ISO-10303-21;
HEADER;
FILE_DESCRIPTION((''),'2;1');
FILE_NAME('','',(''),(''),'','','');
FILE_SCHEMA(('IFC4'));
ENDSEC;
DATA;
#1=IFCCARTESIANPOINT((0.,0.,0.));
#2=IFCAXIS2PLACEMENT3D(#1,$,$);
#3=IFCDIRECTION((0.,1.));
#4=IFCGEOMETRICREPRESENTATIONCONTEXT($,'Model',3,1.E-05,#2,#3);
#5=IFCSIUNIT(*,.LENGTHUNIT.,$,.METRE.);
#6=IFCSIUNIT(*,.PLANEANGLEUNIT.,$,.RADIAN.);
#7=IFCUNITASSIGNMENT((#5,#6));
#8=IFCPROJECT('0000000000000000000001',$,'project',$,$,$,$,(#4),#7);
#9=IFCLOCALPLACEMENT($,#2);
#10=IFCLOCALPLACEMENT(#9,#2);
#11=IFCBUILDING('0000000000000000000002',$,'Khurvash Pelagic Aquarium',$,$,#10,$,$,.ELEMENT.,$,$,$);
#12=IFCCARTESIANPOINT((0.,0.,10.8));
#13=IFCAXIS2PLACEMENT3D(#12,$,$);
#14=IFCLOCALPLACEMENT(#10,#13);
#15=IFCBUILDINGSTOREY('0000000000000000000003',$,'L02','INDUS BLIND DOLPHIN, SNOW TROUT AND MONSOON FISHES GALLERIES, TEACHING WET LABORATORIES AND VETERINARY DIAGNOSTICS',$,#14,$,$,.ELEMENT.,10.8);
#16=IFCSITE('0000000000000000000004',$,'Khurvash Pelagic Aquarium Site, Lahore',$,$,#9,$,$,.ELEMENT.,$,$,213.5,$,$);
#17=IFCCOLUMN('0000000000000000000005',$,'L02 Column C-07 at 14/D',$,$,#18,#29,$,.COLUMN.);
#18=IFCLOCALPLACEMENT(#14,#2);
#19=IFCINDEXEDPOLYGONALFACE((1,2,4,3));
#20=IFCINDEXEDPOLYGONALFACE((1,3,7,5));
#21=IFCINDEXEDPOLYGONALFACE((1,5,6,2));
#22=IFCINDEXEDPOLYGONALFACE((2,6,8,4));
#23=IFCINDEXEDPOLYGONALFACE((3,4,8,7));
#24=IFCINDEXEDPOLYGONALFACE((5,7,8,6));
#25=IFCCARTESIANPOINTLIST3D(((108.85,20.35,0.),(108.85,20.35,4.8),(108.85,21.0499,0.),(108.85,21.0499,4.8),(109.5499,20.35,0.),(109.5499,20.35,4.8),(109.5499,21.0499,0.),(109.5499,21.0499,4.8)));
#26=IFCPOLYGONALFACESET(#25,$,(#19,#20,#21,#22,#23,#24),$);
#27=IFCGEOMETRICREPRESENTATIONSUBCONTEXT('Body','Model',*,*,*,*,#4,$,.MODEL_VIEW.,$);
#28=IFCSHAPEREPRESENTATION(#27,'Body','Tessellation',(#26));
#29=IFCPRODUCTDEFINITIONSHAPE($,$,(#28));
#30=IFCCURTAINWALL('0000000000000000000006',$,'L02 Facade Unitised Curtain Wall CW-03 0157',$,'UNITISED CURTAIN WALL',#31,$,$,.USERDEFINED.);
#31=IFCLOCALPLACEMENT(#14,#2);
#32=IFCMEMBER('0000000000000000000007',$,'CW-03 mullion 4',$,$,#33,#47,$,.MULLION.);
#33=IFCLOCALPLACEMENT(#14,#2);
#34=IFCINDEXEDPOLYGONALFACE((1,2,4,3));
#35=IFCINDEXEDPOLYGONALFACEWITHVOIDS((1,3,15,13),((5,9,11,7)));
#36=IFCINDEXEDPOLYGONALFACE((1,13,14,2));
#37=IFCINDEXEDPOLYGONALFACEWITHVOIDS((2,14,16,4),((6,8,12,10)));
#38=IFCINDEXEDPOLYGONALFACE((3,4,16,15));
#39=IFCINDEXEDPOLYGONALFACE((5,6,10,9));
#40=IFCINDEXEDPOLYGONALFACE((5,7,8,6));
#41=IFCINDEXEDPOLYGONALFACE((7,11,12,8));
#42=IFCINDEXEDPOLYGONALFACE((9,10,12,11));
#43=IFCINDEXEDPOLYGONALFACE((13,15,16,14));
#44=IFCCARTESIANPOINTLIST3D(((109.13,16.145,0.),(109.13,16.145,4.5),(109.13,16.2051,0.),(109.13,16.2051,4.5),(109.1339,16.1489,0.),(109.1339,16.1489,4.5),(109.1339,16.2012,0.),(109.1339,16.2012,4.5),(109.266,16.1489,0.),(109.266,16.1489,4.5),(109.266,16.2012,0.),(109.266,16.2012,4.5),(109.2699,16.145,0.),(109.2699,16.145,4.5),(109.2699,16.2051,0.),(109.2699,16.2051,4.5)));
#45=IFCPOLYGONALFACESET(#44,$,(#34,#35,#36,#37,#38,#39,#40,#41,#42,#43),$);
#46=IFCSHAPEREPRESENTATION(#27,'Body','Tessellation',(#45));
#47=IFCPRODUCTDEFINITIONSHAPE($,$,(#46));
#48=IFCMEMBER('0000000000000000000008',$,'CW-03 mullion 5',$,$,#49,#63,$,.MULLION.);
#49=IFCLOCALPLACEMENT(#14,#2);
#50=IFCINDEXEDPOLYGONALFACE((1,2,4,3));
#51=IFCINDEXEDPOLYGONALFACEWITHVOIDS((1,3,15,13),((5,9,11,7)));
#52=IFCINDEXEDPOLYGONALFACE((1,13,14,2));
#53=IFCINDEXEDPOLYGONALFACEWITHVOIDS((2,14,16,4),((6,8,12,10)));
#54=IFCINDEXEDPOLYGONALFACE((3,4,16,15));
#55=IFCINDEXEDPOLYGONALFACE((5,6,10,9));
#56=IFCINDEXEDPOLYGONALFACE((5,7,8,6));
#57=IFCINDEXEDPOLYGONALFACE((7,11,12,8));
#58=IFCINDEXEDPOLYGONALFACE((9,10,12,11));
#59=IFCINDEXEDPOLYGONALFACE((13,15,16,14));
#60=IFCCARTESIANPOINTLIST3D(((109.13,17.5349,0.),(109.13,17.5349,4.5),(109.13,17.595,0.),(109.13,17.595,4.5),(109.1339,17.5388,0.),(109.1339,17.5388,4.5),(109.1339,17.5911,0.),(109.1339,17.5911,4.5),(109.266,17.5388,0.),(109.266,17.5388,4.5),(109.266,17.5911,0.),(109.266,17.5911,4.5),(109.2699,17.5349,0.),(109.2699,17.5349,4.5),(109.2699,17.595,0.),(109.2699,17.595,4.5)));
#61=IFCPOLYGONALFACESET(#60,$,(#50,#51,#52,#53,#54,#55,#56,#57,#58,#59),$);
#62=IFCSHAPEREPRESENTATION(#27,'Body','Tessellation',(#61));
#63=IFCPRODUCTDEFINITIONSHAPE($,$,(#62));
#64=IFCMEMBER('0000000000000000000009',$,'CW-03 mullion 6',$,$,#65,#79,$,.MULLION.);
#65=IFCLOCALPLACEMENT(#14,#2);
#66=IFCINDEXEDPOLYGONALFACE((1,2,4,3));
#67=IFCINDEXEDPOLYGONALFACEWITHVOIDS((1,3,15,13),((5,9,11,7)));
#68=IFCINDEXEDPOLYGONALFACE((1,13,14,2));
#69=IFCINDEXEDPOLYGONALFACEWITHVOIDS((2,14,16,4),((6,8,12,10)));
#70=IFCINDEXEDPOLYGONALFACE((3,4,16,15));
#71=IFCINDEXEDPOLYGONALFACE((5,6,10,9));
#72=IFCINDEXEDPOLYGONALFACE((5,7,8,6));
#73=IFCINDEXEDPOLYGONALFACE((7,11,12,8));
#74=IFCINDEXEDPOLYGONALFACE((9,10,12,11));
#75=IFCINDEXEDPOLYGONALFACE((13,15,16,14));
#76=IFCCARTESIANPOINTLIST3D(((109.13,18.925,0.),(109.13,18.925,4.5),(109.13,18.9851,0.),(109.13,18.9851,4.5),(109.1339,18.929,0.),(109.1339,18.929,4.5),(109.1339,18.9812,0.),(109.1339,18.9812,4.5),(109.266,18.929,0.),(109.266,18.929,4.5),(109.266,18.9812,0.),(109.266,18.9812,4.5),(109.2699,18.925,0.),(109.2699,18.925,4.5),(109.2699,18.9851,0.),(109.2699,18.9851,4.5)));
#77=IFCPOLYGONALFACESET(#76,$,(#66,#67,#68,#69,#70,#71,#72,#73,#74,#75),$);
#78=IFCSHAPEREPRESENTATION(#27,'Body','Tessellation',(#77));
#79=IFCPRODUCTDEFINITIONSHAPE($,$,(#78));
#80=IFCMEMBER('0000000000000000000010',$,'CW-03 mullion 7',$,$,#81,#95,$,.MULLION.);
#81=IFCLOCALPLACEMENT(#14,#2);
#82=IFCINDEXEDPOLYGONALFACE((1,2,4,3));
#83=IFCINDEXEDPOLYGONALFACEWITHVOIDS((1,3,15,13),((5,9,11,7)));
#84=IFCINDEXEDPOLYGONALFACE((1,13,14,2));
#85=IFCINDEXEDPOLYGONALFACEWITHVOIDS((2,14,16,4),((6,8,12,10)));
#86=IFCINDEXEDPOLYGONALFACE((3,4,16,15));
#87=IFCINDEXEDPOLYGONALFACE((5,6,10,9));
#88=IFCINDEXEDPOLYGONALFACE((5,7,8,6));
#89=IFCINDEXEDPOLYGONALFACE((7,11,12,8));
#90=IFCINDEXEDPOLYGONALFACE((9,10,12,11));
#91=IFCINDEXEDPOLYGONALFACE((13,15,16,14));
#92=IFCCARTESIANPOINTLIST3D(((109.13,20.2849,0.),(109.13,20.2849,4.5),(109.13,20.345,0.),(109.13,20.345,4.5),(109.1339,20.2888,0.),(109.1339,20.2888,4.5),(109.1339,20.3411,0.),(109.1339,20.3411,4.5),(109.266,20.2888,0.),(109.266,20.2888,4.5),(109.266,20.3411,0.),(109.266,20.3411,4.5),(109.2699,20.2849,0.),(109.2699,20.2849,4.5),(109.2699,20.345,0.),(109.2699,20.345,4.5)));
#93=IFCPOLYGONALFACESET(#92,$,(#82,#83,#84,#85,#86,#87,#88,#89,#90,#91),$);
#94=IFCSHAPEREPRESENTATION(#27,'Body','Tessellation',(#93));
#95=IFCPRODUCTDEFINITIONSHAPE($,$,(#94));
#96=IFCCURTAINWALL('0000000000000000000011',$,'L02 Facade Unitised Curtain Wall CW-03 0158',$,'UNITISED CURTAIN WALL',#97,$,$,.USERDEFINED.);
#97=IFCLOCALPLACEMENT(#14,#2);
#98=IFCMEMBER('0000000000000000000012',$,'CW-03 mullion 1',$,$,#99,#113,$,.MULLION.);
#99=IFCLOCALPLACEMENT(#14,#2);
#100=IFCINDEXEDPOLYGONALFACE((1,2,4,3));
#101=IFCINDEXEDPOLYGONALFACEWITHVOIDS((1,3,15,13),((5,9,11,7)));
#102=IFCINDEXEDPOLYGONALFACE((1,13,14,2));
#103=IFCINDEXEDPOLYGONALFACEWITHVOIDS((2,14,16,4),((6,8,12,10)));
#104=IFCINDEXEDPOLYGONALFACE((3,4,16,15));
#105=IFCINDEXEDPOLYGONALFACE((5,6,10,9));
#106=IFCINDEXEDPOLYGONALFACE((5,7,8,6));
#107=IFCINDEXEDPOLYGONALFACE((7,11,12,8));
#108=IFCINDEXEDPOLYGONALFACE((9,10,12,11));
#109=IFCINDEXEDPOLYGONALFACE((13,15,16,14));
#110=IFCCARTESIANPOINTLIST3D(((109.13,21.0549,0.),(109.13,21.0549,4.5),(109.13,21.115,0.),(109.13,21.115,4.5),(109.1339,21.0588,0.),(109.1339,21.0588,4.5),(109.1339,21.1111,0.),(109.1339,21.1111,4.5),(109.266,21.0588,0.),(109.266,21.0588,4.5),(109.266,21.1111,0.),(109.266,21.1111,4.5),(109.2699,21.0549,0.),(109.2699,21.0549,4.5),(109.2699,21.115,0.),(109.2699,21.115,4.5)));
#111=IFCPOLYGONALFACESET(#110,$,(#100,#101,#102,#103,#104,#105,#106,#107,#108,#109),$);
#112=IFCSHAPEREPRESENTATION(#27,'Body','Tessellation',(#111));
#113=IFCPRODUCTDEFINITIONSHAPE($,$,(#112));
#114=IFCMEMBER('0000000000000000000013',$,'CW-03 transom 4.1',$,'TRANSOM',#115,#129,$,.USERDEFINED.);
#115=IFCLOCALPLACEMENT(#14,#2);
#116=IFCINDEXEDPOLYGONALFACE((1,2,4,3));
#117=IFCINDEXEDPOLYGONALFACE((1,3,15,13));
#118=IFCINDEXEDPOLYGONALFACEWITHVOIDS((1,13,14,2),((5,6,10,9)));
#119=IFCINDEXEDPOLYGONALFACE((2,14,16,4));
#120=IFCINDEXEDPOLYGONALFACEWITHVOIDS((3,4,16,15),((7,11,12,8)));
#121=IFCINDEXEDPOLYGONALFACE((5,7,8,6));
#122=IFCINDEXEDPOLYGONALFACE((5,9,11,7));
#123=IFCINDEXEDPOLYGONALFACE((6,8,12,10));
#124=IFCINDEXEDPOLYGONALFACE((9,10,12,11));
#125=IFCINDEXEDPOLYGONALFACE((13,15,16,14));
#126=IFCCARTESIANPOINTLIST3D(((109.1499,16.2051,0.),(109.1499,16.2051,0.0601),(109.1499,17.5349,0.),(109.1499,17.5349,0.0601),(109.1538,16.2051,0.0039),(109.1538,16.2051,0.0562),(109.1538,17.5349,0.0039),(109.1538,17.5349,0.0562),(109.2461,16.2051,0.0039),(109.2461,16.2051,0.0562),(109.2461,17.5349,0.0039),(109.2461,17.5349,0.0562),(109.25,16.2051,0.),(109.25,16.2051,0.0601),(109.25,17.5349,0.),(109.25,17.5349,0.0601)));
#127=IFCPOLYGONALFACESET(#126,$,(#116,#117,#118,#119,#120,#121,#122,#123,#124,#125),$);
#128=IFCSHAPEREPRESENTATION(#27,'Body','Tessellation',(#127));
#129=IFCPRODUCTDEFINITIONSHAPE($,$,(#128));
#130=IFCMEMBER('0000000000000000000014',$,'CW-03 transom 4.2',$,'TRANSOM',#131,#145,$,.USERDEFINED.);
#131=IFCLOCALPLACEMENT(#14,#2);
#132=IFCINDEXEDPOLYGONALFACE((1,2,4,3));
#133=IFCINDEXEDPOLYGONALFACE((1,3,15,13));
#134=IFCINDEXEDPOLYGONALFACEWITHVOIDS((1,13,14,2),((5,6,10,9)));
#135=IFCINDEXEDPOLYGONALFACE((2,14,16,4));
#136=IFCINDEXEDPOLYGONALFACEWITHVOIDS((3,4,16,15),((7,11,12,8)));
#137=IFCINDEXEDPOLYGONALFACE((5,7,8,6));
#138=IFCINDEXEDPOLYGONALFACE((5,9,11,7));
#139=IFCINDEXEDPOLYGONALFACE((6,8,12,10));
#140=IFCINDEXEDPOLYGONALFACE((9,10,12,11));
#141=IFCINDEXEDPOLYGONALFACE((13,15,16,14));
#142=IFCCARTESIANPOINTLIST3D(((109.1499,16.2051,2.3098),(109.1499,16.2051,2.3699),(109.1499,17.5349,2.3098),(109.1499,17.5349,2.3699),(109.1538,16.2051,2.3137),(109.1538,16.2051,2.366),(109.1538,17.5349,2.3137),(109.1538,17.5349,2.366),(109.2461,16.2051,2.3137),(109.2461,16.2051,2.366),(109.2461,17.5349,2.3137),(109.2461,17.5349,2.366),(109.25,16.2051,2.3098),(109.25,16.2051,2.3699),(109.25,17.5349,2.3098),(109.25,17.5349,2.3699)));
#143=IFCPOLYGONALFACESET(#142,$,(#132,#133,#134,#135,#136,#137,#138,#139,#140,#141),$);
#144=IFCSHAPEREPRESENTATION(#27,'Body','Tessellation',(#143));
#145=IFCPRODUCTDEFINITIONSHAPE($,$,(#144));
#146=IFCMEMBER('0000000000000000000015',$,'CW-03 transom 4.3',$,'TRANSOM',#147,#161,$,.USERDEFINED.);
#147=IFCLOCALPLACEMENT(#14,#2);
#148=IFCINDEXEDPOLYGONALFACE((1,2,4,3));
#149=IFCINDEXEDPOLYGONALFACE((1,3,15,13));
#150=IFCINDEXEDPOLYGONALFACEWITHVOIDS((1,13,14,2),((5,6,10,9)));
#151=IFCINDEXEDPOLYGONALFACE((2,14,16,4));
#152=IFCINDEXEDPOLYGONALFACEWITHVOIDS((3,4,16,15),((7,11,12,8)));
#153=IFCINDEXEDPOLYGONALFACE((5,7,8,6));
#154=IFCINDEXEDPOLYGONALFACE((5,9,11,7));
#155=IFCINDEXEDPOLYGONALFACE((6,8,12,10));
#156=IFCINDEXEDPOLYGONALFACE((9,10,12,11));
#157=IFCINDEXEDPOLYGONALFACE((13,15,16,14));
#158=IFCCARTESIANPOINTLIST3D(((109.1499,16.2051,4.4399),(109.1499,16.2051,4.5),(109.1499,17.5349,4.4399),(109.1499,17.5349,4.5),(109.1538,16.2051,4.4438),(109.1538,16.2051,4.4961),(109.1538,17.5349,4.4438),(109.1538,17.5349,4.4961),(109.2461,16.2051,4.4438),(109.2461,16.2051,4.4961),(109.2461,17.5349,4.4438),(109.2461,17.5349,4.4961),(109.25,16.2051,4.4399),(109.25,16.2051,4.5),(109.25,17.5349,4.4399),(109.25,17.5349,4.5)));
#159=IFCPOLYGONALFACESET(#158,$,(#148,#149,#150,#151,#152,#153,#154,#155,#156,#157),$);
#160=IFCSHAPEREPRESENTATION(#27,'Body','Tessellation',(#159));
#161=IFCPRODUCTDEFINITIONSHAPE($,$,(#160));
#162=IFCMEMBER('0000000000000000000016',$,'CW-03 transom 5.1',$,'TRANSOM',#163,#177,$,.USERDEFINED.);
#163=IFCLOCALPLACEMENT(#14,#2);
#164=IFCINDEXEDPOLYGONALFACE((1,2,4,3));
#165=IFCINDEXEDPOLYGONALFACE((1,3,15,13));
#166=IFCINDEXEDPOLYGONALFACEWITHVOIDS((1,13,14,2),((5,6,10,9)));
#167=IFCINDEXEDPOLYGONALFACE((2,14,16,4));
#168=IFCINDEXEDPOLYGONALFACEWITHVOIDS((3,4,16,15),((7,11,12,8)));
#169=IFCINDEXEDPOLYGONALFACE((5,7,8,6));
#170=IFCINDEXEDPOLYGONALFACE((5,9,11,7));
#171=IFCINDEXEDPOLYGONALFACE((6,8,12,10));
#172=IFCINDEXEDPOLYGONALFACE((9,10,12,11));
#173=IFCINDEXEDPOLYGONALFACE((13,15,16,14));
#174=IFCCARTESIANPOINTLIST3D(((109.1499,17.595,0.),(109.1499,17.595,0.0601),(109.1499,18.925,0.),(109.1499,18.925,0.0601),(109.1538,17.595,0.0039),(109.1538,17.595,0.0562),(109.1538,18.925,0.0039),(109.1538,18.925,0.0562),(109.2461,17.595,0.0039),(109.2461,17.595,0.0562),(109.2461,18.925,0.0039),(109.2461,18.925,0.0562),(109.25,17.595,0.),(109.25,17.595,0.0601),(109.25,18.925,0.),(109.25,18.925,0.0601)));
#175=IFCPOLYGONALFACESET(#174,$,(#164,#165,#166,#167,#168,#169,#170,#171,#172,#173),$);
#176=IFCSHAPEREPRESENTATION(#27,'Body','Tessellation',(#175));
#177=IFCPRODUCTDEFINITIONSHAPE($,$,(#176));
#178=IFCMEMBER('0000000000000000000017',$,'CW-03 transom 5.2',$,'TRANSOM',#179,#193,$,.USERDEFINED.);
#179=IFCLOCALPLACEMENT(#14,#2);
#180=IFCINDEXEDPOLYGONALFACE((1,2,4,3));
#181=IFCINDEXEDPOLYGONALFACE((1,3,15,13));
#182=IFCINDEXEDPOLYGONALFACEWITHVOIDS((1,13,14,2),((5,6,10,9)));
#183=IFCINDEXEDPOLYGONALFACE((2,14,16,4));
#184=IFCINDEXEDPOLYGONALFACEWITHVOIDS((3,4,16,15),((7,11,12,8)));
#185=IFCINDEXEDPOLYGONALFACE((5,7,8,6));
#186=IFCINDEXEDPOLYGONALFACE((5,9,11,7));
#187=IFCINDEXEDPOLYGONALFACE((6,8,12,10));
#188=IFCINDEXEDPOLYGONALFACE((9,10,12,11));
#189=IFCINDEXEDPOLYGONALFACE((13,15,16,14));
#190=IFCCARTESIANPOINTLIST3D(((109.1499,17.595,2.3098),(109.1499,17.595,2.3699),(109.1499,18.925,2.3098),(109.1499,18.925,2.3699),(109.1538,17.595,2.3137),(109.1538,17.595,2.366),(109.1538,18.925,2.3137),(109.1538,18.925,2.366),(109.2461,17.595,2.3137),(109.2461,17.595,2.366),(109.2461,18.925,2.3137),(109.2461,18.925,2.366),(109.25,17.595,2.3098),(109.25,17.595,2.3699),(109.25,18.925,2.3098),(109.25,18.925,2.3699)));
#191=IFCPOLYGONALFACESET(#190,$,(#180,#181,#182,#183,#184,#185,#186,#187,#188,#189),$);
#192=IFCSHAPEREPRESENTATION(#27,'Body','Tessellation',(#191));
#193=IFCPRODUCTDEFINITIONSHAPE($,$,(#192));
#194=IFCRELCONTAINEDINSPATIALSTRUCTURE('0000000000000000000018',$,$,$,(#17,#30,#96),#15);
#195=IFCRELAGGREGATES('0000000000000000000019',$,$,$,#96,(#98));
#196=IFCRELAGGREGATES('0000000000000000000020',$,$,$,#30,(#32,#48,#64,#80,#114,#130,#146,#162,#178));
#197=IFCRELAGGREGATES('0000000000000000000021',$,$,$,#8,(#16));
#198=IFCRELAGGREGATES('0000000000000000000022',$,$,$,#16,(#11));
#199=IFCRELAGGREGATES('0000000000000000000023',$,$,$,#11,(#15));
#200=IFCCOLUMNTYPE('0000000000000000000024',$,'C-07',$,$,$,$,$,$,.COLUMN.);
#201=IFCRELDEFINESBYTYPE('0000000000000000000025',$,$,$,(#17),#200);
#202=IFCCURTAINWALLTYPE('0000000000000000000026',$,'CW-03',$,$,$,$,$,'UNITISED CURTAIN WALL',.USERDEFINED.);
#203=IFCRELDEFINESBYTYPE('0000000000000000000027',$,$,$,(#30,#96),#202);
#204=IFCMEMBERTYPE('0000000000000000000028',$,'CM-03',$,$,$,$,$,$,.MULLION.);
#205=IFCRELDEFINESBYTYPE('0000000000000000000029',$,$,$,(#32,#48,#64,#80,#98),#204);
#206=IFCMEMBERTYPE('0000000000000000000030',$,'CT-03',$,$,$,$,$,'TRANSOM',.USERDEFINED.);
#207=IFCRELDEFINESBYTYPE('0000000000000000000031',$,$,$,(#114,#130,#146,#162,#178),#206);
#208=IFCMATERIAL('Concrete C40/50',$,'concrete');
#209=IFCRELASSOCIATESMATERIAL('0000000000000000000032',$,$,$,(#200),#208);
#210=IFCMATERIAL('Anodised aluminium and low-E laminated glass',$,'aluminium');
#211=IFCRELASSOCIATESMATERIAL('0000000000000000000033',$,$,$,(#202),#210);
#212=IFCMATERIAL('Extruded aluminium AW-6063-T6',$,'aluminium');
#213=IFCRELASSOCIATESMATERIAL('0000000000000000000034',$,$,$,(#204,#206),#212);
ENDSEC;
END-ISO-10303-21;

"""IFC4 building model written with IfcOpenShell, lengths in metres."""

from ifc_helpers import new_model, si_unit, direction, frame, origin, origin_2d, place, context, subcontext, project, spatial, rectangle, hollow_rectangle, extrude, material, material_profile, profile_set, type_object, element, aggregate, save


model = new_model("IFC4")

# Units and contexts
model_context = context("Model", 3, precision=1e-05, world=origin(), true_north=direction((0.0, 1.0)))
body_context = subcontext(model_context, "Body", "Model", "MODEL_VIEW")
ifc_project = project(units=[si_unit("LENGTHUNIT", "METRE"), si_unit("PLANEANGLEUNIT", "RADIAN")], contexts=[model_context])

# Site, building, storey
site_placement = place(None, origin())
site = spatial("IfcSite", under=ifc_project, at=site_placement, Name="Khurvash Pelagic Aquarium Site, Lahore", CompositionType="ELEMENT", RefElevation=213.5)
building_placement = place(site_placement, origin())
building = spatial("IfcBuilding", under=site, at=building_placement, Name="Khurvash Pelagic Aquarium", CompositionType="ELEMENT")
storey_placement = place(building_placement, frame((0.0, 0.0, 10.8)))
storey = spatial("IfcBuildingStorey", under=building, at=storey_placement, Name="L02", Description="INDUS BLIND DOLPHIN, SNOW TROUT AND MONSOON FISHES GALLERIES, TEACHING WET LABORATORIES AND VETERINARY DIAGNOSTICS", CompositionType="ELEMENT", Elevation=10.8)

# Column
ifc_material_1 = material(Name="Concrete C40/50", Category="concrete")
ifc_material_profile_1 = material_profile(ifc_material_1, rectangle(XDim=0.7, YDim=0.7, at=origin_2d()), Name="RC700X700")
ifc_profile_set_1 = profile_set([ifc_material_profile_1], Name="Concrete C40/50")
column_type = type_object("IfcColumnType", Name="C-07", PredefinedType="COLUMN", material=ifc_profile_set_1)
column_placement = place(storey_placement, frame((109.2, 20.7, 0.0), z_axis=(0.0, 0.0, 1.0), x_axis=(1.0, 0.0, 0.0)))
element("IfcColumn", 1, at=column_placement, inside=storey, type_object=column_type, Name="L02 Column C-07 at 14/D", PredefinedType="COLUMN", context=body_context, shape_type="SweptSolid", body=[
    extrude(rectangle(XDim=0.7, YDim=0.7, at=origin_2d()), origin(), (0.0, 0.0, 1.0), 4.8),
])

# Curtain wall, members
ifc_material_2 = material(Name="Anodised aluminium and low-E laminated glass", Category="aluminium")
curtain_wall_type = type_object("IfcCurtainWallType", Name="CW-03", ElementType="UNITISED CURTAIN WALL", PredefinedType="USERDEFINED", material=ifc_material_2)
curtain_wall_1_placement = place(storey_placement, origin())
curtain_wall_1 = element("IfcCurtainWall", 2, at=curtain_wall_1_placement, inside=storey, type_object=curtain_wall_type, Name="L02 Facade Unitised Curtain Wall CW-03 0157", ObjectType="UNITISED CURTAIN WALL", PredefinedType="USERDEFINED")
ifc_material_3 = material(Name="Extruded aluminium AW-6063-T6", Category="aluminium")
ifc_material_profile_2 = material_profile(ifc_material_3, hollow_rectangle(XDim=0.0601, YDim=0.1399, WallThickness=0.0039, at=origin_2d()), Name="CWM60X140X4")
ifc_profile_set_2 = profile_set([ifc_material_profile_2], Name="Extruded aluminium AW-6063-T6")
member_type_1 = type_object("IfcMemberType", Name="CM-03", PredefinedType="MULLION", material=ifc_profile_set_2)
member_1_placement = place(storey_placement, frame((109.2, 16.175, 0.0), z_axis=(0.0, 0.0, 1.0), x_axis=(0.0, 1.0, 0.0)))
member_1 = element("IfcMember", 3, at=member_1_placement, type_object=member_type_1, Name="CW-03 mullion 4", PredefinedType="MULLION", context=body_context, shape_type="SweptSolid", body=[
    extrude(hollow_rectangle(XDim=0.0601, YDim=0.1399, WallThickness=0.0039, at=origin_2d()), origin(), (0.0, 0.0, 1.0), 4.5),
])
member_2_placement = place(storey_placement, frame((109.2, 17.5649, 0.0), z_axis=(0.0, 0.0, 1.0), x_axis=(0.0, 1.0, 0.0)))
member_2 = element("IfcMember", 4, at=member_2_placement, type_object=member_type_1, Name="CW-03 mullion 5", PredefinedType="MULLION", context=body_context, shape_type="SweptSolid", body=[
    extrude(hollow_rectangle(XDim=0.0601, YDim=0.1399, WallThickness=0.0039, at=origin_2d()), origin(), (0.0, 0.0, 1.0), 4.5),
])
member_3_placement = place(storey_placement, frame((109.2, 18.9551, 0.0), z_axis=(0.0, 0.0, 1.0), x_axis=(0.0, 1.0, 0.0)))
member_3 = element("IfcMember", 5, at=member_3_placement, type_object=member_type_1, Name="CW-03 mullion 6", PredefinedType="MULLION", context=body_context, shape_type="SweptSolid", body=[
    extrude(hollow_rectangle(XDim=0.0601, YDim=0.1399, WallThickness=0.0039, at=origin_2d()), origin(), (0.0, 0.0, 1.0), 4.5),
])
member_4_placement = place(storey_placement, frame((109.2, 20.3149, 0.0), z_axis=(0.0, 0.0, 1.0), x_axis=(0.0, 1.0, 0.0)))
member_4 = element("IfcMember", 6, at=member_4_placement, type_object=member_type_1, Name="CW-03 mullion 7", PredefinedType="MULLION", context=body_context, shape_type="SweptSolid", body=[
    extrude(hollow_rectangle(XDim=0.0601, YDim=0.1399, WallThickness=0.0039, at=origin_2d()), origin(), (0.0, 0.0, 1.0), 4.5),
])

# Curtain wall, member
curtain_wall_2_placement = place(storey_placement, origin())
curtain_wall_2 = element("IfcCurtainWall", 7, at=curtain_wall_2_placement, inside=storey, type_object=curtain_wall_type, Name="L02 Facade Unitised Curtain Wall CW-03 0158", ObjectType="UNITISED CURTAIN WALL", PredefinedType="USERDEFINED")
member_5_placement = place(storey_placement, frame((109.2, 21.085, 0.0), z_axis=(0.0, 0.0, 1.0), x_axis=(0.0, 1.0, 0.0)))
member_5 = element("IfcMember", 8, at=member_5_placement, type_object=member_type_1, Name="CW-03 mullion 1", PredefinedType="MULLION", context=body_context, shape_type="SweptSolid", body=[
    extrude(hollow_rectangle(XDim=0.0601, YDim=0.1399, WallThickness=0.0039, at=origin_2d()), origin(), (0.0, 0.0, 1.0), 4.5),
])

# Members
ifc_material_profile_3 = material_profile(ifc_material_3, hollow_rectangle(XDim=0.1001, YDim=0.0601, WallThickness=0.0039, at=origin_2d()), Name="CWT100X60X4")
ifc_profile_set_3 = profile_set([ifc_material_profile_3], Name="Extruded aluminium AW-6063-T6")
member_type_2 = type_object("IfcMemberType", Name="CT-03", ElementType="TRANSOM", PredefinedType="USERDEFINED", material=ifc_profile_set_3)
member_6_placement = place(storey_placement, frame((109.2, 16.2051, 0.03), z_axis=(0.0, 1.0, 0.0), x_axis=(-1.0, 0.0, 0.0)))
member_6 = element("IfcMember", 9, at=member_6_placement, type_object=member_type_2, Name="CW-03 transom 4.1", ObjectType="TRANSOM", PredefinedType="USERDEFINED", context=body_context, shape_type="SweptSolid", body=[
    extrude(hollow_rectangle(XDim=0.1001, YDim=0.0601, WallThickness=0.0039, at=origin_2d()), origin(), (0.0, 0.0, 1.0), 1.3298),
])
member_7_placement = place(storey_placement, frame((109.2, 16.2051, 2.3398), z_axis=(0.0, 1.0, 0.0), x_axis=(-1.0, 0.0, 0.0)))
member_7 = element("IfcMember", 10, at=member_7_placement, type_object=member_type_2, Name="CW-03 transom 4.2", ObjectType="TRANSOM", PredefinedType="USERDEFINED", context=body_context, shape_type="SweptSolid", body=[
    extrude(hollow_rectangle(XDim=0.1001, YDim=0.0601, WallThickness=0.0039, at=origin_2d()), origin(), (0.0, 0.0, 1.0), 1.3298),
])
member_8_placement = place(storey_placement, frame((109.2, 16.2051, 4.47), z_axis=(0.0, 1.0, 0.0), x_axis=(-1.0, 0.0, 0.0)))
member_8 = element("IfcMember", 11, at=member_8_placement, type_object=member_type_2, Name="CW-03 transom 4.3", ObjectType="TRANSOM", PredefinedType="USERDEFINED", context=body_context, shape_type="SweptSolid", body=[
    extrude(hollow_rectangle(XDim=0.1001, YDim=0.0601, WallThickness=0.0039, at=origin_2d()), origin(), (0.0, 0.0, 1.0), 1.3298),
])
member_9_placement = place(storey_placement, frame((109.2, 17.595, 0.03), z_axis=(0.0, 1.0, 0.0), x_axis=(-1.0, 0.0, 0.0)))
member_9 = element("IfcMember", 12, at=member_9_placement, type_object=member_type_2, Name="CW-03 transom 5.1", ObjectType="TRANSOM", PredefinedType="USERDEFINED", context=body_context, shape_type="SweptSolid", body=[
    extrude(hollow_rectangle(XDim=0.1001, YDim=0.0601, WallThickness=0.0039, at=origin_2d()), origin(), (0.0, 0.0, 1.0), 1.3301),
])
member_10_placement = place(storey_placement, frame((109.2, 17.595, 2.3398), z_axis=(0.0, 1.0, 0.0), x_axis=(-1.0, 0.0, 0.0)))
member_10 = element("IfcMember", 13, at=member_10_placement, type_object=member_type_2, Name="CW-03 transom 5.2", ObjectType="TRANSOM", PredefinedType="USERDEFINED", context=body_context, shape_type="SweptSolid", body=[
    extrude(hollow_rectangle(XDim=0.1001, YDim=0.0601, WallThickness=0.0039, at=origin_2d()), origin(), (0.0, 0.0, 1.0), 1.3301),
])
aggregate(curtain_wall_2, [member_5])

aggregate(curtain_wall_1, [member_1, member_2, member_3, member_4, member_6, member_7, member_8, member_9, member_10])

save(model, "model.ifc")
